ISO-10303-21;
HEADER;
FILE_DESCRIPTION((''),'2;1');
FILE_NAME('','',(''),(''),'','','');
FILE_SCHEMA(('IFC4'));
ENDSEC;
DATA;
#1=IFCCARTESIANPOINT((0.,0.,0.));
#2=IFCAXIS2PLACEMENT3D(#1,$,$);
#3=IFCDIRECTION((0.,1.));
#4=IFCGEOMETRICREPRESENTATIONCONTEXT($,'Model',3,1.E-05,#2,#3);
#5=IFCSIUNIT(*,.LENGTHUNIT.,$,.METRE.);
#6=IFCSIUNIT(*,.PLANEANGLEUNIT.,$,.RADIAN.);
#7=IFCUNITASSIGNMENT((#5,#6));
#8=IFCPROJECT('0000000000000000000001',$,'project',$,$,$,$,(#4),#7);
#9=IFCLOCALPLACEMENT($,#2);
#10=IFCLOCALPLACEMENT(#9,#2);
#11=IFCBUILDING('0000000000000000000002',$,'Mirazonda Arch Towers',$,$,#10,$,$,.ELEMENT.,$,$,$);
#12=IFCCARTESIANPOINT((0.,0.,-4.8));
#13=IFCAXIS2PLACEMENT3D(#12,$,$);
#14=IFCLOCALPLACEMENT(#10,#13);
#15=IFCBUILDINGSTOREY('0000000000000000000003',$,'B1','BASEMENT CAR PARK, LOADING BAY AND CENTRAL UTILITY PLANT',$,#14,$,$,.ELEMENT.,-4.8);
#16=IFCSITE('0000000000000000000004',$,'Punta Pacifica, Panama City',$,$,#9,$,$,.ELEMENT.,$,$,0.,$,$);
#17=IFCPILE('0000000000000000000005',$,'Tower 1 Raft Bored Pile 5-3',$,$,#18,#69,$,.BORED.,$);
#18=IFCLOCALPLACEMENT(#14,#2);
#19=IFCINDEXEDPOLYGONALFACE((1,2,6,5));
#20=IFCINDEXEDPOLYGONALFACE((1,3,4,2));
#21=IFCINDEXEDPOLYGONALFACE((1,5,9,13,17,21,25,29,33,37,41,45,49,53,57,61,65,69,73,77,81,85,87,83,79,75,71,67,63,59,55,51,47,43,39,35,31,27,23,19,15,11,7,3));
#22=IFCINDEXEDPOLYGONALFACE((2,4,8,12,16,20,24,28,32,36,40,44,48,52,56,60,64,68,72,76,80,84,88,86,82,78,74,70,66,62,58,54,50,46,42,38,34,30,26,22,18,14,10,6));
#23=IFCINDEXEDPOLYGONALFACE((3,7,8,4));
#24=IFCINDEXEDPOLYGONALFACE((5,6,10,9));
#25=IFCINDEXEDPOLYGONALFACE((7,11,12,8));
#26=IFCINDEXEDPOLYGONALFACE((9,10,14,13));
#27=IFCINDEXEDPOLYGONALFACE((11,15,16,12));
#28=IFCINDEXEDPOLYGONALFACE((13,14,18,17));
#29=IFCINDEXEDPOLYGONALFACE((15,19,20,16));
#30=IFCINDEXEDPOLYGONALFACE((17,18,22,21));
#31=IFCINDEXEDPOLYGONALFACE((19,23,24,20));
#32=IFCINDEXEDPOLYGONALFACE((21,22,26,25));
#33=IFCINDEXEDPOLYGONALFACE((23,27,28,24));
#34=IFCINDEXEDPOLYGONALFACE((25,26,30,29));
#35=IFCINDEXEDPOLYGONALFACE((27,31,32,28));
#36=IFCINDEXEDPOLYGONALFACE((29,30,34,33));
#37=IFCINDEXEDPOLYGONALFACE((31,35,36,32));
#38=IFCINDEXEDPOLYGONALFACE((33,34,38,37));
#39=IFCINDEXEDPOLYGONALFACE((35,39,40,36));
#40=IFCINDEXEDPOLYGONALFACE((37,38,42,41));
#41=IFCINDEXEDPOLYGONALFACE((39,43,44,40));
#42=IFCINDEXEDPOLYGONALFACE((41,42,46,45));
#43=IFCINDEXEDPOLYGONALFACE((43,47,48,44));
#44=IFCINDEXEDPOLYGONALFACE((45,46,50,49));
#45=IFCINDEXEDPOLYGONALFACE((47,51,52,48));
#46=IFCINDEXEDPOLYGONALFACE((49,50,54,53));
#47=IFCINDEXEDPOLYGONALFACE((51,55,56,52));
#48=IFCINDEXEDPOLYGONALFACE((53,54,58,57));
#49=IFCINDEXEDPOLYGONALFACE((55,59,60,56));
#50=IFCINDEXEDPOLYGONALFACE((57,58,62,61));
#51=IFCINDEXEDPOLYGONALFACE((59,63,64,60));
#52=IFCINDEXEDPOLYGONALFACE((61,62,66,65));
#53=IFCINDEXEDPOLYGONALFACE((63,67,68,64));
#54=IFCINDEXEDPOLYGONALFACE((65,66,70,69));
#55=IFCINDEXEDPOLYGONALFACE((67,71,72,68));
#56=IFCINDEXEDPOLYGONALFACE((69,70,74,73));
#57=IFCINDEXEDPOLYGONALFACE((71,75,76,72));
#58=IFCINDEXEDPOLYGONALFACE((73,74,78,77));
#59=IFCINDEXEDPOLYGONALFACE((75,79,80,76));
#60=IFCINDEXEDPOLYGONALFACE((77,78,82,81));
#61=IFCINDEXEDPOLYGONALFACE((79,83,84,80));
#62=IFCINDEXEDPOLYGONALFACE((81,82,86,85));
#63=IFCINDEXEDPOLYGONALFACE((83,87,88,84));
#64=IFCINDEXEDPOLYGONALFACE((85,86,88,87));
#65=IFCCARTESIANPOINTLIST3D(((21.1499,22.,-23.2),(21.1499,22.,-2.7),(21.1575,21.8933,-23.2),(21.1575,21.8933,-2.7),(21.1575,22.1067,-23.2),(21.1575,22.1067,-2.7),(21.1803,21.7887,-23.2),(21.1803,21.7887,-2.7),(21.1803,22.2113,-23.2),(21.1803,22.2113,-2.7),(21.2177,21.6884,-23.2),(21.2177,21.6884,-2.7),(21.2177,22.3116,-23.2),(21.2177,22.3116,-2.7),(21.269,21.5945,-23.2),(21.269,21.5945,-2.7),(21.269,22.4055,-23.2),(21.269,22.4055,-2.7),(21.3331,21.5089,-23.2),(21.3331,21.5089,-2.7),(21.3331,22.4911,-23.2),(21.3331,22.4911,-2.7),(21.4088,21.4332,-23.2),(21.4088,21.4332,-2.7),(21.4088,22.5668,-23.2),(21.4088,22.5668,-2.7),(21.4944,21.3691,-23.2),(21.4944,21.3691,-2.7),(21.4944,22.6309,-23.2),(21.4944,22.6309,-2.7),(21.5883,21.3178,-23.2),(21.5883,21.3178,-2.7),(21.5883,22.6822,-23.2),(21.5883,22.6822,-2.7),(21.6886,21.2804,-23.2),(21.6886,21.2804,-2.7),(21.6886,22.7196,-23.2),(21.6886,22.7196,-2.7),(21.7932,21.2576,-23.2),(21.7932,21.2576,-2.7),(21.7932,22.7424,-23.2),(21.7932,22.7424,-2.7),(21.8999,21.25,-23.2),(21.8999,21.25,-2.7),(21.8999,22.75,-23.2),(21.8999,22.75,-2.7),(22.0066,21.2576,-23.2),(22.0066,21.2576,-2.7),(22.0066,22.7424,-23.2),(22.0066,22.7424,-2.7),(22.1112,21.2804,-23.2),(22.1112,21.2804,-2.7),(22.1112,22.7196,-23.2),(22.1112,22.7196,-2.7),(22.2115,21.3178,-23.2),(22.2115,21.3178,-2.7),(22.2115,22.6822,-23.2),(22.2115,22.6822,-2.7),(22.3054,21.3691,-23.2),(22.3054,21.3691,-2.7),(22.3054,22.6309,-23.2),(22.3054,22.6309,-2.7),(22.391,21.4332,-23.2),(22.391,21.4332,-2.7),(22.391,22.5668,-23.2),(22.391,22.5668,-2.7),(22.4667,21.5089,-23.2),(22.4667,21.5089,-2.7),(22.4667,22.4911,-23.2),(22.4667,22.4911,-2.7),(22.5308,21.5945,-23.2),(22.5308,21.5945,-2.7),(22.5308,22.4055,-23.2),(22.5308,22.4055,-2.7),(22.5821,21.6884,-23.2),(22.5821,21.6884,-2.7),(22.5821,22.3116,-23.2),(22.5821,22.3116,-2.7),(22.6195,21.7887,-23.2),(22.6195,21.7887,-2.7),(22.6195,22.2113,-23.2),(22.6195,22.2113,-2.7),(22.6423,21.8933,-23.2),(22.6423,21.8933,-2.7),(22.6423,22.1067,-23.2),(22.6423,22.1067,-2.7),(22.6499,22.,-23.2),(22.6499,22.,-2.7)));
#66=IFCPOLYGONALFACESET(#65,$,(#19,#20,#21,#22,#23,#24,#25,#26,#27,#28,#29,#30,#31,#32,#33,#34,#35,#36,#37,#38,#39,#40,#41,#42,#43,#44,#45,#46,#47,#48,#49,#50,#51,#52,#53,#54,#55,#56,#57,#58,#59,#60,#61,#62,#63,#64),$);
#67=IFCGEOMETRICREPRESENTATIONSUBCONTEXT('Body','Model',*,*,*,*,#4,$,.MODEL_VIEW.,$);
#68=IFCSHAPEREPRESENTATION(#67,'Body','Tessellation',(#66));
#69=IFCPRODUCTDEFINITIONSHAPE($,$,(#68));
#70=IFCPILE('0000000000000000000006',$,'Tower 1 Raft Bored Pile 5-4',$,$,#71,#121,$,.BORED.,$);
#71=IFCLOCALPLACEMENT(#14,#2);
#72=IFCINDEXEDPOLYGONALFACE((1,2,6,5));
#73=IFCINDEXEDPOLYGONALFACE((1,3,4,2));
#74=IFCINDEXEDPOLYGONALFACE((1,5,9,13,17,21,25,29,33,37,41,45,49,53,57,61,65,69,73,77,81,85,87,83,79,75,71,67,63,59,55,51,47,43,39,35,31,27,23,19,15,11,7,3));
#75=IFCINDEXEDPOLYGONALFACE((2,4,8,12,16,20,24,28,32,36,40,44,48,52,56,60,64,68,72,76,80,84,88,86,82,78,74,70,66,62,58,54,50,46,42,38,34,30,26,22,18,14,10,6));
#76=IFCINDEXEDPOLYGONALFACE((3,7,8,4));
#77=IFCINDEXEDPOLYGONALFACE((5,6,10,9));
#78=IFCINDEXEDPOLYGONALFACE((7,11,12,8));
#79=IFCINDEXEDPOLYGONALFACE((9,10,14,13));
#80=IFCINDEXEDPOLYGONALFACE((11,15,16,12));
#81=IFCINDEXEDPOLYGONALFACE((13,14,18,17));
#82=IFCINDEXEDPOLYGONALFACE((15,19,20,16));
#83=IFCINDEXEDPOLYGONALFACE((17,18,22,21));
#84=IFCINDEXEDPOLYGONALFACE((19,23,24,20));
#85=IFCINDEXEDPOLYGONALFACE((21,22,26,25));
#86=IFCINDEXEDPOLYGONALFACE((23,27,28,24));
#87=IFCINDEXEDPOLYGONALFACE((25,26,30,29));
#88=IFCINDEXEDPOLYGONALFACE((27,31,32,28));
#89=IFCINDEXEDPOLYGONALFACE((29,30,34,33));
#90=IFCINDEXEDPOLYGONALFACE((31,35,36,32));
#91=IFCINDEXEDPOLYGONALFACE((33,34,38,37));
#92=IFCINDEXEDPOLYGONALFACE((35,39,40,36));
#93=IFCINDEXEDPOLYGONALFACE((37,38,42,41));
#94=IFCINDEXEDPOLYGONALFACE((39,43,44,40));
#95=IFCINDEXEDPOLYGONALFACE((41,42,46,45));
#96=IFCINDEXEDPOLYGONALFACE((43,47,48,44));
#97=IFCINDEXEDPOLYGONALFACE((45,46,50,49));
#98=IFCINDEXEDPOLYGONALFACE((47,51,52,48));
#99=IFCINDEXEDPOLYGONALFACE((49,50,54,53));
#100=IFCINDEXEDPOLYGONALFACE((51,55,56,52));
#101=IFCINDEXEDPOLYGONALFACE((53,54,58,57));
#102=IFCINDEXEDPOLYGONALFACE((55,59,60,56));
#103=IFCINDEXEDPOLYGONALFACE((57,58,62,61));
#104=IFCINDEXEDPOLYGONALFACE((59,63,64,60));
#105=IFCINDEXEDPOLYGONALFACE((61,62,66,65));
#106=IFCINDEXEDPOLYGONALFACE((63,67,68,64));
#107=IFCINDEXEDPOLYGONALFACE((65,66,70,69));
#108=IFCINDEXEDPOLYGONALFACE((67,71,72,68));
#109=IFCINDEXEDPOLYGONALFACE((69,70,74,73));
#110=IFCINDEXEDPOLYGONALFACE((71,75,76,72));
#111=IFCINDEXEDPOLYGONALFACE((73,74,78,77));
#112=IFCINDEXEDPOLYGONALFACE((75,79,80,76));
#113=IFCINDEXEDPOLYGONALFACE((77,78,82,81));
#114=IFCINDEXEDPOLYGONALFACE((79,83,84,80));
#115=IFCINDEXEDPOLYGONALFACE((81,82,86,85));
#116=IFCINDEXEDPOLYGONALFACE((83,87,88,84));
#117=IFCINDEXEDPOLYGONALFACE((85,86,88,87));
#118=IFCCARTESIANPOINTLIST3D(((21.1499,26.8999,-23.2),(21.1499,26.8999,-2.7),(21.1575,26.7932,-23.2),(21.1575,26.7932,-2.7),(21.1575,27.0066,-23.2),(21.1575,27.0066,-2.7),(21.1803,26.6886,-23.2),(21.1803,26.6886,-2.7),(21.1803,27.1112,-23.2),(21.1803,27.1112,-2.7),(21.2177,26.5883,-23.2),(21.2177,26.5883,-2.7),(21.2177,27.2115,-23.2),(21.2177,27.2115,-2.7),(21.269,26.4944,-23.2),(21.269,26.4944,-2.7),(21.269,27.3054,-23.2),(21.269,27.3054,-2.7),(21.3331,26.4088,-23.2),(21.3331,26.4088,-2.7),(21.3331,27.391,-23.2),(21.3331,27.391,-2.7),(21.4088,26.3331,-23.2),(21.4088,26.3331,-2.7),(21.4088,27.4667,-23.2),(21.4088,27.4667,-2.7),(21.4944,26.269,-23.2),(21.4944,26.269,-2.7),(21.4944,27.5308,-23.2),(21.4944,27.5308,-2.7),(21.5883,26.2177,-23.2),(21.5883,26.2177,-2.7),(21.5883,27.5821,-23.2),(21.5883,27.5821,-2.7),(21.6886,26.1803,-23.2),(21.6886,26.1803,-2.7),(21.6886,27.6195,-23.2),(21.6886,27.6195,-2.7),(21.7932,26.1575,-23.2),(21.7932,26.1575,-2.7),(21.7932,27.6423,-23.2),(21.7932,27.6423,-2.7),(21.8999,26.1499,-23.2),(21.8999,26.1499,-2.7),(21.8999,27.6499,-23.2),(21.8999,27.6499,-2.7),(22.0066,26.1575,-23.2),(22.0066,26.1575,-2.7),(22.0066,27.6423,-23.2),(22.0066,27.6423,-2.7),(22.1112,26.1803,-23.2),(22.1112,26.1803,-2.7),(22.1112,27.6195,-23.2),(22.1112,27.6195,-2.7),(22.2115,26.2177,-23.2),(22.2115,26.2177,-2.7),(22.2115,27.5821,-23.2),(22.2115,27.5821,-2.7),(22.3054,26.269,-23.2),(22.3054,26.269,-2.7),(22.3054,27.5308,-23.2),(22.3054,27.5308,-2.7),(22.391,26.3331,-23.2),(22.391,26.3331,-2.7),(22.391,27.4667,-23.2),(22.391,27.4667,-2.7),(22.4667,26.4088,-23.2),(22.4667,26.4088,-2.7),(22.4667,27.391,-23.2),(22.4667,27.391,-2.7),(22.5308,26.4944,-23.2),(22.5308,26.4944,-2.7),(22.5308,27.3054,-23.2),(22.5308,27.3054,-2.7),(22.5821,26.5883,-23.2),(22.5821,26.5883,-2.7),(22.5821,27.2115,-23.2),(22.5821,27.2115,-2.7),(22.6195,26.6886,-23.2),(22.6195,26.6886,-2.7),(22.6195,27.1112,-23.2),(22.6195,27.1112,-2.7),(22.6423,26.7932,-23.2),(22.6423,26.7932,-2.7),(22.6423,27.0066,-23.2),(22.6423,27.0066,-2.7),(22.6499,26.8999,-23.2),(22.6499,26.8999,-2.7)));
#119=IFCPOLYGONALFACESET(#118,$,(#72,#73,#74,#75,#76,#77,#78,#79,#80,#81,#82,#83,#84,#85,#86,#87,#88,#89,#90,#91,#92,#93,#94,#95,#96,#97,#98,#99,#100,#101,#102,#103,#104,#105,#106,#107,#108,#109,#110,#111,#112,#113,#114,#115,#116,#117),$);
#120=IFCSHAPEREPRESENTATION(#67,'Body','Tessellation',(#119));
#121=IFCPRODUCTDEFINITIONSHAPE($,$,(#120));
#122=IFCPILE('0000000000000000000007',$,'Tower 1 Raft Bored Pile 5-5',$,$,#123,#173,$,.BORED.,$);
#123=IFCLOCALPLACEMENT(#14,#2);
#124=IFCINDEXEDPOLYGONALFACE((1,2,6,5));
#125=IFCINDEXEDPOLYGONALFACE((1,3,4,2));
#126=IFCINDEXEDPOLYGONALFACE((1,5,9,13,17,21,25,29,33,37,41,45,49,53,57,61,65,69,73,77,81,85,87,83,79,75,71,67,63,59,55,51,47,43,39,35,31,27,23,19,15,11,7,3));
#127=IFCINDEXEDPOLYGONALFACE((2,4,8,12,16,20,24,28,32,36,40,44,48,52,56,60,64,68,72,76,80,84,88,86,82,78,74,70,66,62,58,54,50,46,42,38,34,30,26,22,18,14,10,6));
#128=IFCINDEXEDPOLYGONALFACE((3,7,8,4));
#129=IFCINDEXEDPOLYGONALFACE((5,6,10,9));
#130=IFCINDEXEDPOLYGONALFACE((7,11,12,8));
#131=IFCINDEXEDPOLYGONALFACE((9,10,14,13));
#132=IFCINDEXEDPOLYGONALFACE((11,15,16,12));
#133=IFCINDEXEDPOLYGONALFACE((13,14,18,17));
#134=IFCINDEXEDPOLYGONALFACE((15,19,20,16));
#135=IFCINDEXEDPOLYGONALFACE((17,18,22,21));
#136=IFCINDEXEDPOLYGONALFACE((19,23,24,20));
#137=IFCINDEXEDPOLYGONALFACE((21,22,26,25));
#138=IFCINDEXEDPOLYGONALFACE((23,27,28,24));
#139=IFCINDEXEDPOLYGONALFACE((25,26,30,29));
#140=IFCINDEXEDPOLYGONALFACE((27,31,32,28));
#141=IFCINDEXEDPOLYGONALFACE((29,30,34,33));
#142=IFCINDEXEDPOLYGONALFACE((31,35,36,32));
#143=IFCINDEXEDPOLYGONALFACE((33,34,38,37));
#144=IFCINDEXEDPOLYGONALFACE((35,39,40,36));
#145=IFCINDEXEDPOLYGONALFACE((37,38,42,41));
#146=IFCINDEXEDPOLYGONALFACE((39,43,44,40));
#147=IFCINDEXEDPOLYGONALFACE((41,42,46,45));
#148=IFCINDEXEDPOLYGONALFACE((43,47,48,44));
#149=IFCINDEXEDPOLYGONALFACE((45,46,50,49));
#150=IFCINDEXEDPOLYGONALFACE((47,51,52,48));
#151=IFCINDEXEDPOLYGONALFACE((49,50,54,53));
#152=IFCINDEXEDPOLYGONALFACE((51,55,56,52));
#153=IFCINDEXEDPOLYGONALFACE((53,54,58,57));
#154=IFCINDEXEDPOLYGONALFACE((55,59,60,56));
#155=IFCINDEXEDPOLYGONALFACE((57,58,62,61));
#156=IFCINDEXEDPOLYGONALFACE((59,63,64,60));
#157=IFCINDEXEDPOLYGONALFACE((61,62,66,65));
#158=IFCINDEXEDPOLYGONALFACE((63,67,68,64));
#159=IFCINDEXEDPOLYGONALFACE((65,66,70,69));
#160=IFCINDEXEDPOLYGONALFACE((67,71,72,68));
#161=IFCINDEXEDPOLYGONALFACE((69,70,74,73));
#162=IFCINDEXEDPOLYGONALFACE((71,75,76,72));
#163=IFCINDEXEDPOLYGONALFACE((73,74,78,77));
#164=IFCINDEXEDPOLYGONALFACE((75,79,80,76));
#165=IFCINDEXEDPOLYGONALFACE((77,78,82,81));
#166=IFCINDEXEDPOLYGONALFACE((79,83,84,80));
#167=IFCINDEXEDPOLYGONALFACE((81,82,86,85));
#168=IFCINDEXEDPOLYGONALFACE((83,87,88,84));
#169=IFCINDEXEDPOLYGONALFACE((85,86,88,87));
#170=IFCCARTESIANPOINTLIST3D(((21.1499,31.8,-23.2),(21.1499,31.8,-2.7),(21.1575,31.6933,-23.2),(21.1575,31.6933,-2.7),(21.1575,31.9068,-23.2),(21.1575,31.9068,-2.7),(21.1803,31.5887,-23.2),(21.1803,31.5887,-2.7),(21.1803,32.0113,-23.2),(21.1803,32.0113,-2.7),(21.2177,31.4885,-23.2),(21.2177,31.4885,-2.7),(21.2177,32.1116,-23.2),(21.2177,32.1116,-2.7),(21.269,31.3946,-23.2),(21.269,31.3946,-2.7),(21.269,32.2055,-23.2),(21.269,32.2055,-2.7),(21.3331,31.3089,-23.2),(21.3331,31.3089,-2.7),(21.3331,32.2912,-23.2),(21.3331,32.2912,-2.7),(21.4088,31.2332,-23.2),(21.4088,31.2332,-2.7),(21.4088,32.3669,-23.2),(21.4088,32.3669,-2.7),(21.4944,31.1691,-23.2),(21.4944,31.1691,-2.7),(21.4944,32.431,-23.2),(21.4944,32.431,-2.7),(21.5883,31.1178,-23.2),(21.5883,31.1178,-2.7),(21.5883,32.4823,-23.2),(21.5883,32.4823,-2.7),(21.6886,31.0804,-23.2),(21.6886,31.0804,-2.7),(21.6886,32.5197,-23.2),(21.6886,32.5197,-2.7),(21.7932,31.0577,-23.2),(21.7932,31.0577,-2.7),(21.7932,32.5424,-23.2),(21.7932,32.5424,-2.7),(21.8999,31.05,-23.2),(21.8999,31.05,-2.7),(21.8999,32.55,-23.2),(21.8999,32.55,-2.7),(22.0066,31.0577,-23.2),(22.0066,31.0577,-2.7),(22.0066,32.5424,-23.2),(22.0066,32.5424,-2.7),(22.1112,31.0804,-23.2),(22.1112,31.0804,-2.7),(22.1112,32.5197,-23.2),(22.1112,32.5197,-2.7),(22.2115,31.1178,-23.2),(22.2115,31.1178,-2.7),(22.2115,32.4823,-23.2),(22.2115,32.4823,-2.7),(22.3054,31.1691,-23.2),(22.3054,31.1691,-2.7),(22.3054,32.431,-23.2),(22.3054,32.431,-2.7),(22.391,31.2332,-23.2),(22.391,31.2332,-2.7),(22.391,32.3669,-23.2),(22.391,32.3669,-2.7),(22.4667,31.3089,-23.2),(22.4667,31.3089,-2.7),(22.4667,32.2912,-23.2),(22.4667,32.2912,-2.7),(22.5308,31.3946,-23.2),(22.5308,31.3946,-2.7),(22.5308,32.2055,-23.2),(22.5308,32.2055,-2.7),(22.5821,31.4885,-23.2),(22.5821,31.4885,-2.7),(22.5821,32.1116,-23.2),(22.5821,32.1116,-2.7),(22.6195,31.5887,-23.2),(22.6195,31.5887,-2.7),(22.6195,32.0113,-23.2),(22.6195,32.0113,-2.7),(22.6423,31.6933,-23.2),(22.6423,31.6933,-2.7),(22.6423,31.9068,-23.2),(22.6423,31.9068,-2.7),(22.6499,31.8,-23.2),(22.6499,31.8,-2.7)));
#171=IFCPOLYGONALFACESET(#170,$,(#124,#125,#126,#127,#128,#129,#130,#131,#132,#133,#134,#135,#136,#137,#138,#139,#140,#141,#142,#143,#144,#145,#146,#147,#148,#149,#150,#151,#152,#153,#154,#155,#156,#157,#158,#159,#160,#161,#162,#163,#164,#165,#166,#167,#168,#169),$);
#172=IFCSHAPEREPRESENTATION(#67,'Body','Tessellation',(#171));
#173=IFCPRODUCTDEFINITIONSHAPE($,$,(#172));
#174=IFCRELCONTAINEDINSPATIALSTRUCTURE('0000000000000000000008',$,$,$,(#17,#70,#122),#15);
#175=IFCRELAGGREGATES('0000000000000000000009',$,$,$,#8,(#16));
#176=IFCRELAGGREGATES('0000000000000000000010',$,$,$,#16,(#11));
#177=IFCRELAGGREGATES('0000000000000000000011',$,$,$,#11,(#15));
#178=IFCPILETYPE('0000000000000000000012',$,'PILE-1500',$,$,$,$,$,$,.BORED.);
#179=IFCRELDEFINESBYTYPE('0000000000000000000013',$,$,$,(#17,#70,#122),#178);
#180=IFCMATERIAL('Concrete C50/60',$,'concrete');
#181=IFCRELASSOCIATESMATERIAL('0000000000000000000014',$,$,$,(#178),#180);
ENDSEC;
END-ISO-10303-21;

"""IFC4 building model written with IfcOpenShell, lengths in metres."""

from ifc_helpers import new_model, si_unit, direction, frame, origin, origin_2d, place, context, subcontext, project, spatial, circle, extrude, material, material_profile, profile_set, type_object, element, save


model = new_model("IFC4")

# Units and contexts
model_context = context("Model", 3, precision=1e-05, world=origin(), true_north=direction((0.0, 1.0)))
body_context = subcontext(model_context, "Body", "Model", "MODEL_VIEW")
ifc_project = project(units=[si_unit("LENGTHUNIT", "METRE"), si_unit("PLANEANGLEUNIT", "RADIAN")], contexts=[model_context])

# Site, building, storey
site_placement = place(None, origin())
site = spatial("IfcSite", under=ifc_project, at=site_placement, Name="Punta Pacifica, Panama City", CompositionType="ELEMENT", RefElevation=0.0)
building_placement = place(site_placement, origin())
building = spatial("IfcBuilding", under=site, at=building_placement, Name="Mirazonda Arch Towers", CompositionType="ELEMENT")
storey_placement = place(building_placement, frame((0.0, 0.0, -4.8)))
storey = spatial("IfcBuildingStorey", under=building, at=storey_placement, Name="B1", Description="BASEMENT CAR PARK, LOADING BAY AND CENTRAL UTILITY PLANT", CompositionType="ELEMENT", Elevation=-4.8)

# Piles
ifc_material_1 = material(Name="Concrete C50/60", Category="concrete")
ifc_material_profile_1 = material_profile(ifc_material_1, circle(Radius=0.75, at=origin_2d()), Name="BORED-D1500")
ifc_profile_set_1 = profile_set([ifc_material_profile_1], Name="Concrete C50/60")
pile_type = type_object("IfcPileType", Name="PILE-1500", PredefinedType="BORED", material=ifc_profile_set_1)
for number, where, z_axis, x_axis, name in (
    (1, (21.8999, 22.0, -2.7), (0.0, 0.0, -1.0), (1.0, 0.0, 0.0), "Tower 1 Raft Bored Pile 5-3"),
    (2, (21.8999, 26.8999, -2.7), (0.0, 0.0, -1.0), (1.0, 0.0, 0.0), "Tower 1 Raft Bored Pile 5-4"),
    (3, (21.8999, 31.8, -2.7), (0.0, 0.0, -1.0), (1.0, 0.0, 0.0), "Tower 1 Raft Bored Pile 5-5"),
):
    element("IfcPile", number, at=place(storey_placement, frame(where, z_axis=z_axis, x_axis=x_axis)), inside=storey, type_object=pile_type, Name=name, PredefinedType="BORED", context=body_context, shape_type="SweptSolid", body=[
        extrude(circle(Radius=0.75, at=origin_2d()), origin(), (0.0, 0.0, 1.0), 20.5),
    ])

save(model, "model.ifc")
